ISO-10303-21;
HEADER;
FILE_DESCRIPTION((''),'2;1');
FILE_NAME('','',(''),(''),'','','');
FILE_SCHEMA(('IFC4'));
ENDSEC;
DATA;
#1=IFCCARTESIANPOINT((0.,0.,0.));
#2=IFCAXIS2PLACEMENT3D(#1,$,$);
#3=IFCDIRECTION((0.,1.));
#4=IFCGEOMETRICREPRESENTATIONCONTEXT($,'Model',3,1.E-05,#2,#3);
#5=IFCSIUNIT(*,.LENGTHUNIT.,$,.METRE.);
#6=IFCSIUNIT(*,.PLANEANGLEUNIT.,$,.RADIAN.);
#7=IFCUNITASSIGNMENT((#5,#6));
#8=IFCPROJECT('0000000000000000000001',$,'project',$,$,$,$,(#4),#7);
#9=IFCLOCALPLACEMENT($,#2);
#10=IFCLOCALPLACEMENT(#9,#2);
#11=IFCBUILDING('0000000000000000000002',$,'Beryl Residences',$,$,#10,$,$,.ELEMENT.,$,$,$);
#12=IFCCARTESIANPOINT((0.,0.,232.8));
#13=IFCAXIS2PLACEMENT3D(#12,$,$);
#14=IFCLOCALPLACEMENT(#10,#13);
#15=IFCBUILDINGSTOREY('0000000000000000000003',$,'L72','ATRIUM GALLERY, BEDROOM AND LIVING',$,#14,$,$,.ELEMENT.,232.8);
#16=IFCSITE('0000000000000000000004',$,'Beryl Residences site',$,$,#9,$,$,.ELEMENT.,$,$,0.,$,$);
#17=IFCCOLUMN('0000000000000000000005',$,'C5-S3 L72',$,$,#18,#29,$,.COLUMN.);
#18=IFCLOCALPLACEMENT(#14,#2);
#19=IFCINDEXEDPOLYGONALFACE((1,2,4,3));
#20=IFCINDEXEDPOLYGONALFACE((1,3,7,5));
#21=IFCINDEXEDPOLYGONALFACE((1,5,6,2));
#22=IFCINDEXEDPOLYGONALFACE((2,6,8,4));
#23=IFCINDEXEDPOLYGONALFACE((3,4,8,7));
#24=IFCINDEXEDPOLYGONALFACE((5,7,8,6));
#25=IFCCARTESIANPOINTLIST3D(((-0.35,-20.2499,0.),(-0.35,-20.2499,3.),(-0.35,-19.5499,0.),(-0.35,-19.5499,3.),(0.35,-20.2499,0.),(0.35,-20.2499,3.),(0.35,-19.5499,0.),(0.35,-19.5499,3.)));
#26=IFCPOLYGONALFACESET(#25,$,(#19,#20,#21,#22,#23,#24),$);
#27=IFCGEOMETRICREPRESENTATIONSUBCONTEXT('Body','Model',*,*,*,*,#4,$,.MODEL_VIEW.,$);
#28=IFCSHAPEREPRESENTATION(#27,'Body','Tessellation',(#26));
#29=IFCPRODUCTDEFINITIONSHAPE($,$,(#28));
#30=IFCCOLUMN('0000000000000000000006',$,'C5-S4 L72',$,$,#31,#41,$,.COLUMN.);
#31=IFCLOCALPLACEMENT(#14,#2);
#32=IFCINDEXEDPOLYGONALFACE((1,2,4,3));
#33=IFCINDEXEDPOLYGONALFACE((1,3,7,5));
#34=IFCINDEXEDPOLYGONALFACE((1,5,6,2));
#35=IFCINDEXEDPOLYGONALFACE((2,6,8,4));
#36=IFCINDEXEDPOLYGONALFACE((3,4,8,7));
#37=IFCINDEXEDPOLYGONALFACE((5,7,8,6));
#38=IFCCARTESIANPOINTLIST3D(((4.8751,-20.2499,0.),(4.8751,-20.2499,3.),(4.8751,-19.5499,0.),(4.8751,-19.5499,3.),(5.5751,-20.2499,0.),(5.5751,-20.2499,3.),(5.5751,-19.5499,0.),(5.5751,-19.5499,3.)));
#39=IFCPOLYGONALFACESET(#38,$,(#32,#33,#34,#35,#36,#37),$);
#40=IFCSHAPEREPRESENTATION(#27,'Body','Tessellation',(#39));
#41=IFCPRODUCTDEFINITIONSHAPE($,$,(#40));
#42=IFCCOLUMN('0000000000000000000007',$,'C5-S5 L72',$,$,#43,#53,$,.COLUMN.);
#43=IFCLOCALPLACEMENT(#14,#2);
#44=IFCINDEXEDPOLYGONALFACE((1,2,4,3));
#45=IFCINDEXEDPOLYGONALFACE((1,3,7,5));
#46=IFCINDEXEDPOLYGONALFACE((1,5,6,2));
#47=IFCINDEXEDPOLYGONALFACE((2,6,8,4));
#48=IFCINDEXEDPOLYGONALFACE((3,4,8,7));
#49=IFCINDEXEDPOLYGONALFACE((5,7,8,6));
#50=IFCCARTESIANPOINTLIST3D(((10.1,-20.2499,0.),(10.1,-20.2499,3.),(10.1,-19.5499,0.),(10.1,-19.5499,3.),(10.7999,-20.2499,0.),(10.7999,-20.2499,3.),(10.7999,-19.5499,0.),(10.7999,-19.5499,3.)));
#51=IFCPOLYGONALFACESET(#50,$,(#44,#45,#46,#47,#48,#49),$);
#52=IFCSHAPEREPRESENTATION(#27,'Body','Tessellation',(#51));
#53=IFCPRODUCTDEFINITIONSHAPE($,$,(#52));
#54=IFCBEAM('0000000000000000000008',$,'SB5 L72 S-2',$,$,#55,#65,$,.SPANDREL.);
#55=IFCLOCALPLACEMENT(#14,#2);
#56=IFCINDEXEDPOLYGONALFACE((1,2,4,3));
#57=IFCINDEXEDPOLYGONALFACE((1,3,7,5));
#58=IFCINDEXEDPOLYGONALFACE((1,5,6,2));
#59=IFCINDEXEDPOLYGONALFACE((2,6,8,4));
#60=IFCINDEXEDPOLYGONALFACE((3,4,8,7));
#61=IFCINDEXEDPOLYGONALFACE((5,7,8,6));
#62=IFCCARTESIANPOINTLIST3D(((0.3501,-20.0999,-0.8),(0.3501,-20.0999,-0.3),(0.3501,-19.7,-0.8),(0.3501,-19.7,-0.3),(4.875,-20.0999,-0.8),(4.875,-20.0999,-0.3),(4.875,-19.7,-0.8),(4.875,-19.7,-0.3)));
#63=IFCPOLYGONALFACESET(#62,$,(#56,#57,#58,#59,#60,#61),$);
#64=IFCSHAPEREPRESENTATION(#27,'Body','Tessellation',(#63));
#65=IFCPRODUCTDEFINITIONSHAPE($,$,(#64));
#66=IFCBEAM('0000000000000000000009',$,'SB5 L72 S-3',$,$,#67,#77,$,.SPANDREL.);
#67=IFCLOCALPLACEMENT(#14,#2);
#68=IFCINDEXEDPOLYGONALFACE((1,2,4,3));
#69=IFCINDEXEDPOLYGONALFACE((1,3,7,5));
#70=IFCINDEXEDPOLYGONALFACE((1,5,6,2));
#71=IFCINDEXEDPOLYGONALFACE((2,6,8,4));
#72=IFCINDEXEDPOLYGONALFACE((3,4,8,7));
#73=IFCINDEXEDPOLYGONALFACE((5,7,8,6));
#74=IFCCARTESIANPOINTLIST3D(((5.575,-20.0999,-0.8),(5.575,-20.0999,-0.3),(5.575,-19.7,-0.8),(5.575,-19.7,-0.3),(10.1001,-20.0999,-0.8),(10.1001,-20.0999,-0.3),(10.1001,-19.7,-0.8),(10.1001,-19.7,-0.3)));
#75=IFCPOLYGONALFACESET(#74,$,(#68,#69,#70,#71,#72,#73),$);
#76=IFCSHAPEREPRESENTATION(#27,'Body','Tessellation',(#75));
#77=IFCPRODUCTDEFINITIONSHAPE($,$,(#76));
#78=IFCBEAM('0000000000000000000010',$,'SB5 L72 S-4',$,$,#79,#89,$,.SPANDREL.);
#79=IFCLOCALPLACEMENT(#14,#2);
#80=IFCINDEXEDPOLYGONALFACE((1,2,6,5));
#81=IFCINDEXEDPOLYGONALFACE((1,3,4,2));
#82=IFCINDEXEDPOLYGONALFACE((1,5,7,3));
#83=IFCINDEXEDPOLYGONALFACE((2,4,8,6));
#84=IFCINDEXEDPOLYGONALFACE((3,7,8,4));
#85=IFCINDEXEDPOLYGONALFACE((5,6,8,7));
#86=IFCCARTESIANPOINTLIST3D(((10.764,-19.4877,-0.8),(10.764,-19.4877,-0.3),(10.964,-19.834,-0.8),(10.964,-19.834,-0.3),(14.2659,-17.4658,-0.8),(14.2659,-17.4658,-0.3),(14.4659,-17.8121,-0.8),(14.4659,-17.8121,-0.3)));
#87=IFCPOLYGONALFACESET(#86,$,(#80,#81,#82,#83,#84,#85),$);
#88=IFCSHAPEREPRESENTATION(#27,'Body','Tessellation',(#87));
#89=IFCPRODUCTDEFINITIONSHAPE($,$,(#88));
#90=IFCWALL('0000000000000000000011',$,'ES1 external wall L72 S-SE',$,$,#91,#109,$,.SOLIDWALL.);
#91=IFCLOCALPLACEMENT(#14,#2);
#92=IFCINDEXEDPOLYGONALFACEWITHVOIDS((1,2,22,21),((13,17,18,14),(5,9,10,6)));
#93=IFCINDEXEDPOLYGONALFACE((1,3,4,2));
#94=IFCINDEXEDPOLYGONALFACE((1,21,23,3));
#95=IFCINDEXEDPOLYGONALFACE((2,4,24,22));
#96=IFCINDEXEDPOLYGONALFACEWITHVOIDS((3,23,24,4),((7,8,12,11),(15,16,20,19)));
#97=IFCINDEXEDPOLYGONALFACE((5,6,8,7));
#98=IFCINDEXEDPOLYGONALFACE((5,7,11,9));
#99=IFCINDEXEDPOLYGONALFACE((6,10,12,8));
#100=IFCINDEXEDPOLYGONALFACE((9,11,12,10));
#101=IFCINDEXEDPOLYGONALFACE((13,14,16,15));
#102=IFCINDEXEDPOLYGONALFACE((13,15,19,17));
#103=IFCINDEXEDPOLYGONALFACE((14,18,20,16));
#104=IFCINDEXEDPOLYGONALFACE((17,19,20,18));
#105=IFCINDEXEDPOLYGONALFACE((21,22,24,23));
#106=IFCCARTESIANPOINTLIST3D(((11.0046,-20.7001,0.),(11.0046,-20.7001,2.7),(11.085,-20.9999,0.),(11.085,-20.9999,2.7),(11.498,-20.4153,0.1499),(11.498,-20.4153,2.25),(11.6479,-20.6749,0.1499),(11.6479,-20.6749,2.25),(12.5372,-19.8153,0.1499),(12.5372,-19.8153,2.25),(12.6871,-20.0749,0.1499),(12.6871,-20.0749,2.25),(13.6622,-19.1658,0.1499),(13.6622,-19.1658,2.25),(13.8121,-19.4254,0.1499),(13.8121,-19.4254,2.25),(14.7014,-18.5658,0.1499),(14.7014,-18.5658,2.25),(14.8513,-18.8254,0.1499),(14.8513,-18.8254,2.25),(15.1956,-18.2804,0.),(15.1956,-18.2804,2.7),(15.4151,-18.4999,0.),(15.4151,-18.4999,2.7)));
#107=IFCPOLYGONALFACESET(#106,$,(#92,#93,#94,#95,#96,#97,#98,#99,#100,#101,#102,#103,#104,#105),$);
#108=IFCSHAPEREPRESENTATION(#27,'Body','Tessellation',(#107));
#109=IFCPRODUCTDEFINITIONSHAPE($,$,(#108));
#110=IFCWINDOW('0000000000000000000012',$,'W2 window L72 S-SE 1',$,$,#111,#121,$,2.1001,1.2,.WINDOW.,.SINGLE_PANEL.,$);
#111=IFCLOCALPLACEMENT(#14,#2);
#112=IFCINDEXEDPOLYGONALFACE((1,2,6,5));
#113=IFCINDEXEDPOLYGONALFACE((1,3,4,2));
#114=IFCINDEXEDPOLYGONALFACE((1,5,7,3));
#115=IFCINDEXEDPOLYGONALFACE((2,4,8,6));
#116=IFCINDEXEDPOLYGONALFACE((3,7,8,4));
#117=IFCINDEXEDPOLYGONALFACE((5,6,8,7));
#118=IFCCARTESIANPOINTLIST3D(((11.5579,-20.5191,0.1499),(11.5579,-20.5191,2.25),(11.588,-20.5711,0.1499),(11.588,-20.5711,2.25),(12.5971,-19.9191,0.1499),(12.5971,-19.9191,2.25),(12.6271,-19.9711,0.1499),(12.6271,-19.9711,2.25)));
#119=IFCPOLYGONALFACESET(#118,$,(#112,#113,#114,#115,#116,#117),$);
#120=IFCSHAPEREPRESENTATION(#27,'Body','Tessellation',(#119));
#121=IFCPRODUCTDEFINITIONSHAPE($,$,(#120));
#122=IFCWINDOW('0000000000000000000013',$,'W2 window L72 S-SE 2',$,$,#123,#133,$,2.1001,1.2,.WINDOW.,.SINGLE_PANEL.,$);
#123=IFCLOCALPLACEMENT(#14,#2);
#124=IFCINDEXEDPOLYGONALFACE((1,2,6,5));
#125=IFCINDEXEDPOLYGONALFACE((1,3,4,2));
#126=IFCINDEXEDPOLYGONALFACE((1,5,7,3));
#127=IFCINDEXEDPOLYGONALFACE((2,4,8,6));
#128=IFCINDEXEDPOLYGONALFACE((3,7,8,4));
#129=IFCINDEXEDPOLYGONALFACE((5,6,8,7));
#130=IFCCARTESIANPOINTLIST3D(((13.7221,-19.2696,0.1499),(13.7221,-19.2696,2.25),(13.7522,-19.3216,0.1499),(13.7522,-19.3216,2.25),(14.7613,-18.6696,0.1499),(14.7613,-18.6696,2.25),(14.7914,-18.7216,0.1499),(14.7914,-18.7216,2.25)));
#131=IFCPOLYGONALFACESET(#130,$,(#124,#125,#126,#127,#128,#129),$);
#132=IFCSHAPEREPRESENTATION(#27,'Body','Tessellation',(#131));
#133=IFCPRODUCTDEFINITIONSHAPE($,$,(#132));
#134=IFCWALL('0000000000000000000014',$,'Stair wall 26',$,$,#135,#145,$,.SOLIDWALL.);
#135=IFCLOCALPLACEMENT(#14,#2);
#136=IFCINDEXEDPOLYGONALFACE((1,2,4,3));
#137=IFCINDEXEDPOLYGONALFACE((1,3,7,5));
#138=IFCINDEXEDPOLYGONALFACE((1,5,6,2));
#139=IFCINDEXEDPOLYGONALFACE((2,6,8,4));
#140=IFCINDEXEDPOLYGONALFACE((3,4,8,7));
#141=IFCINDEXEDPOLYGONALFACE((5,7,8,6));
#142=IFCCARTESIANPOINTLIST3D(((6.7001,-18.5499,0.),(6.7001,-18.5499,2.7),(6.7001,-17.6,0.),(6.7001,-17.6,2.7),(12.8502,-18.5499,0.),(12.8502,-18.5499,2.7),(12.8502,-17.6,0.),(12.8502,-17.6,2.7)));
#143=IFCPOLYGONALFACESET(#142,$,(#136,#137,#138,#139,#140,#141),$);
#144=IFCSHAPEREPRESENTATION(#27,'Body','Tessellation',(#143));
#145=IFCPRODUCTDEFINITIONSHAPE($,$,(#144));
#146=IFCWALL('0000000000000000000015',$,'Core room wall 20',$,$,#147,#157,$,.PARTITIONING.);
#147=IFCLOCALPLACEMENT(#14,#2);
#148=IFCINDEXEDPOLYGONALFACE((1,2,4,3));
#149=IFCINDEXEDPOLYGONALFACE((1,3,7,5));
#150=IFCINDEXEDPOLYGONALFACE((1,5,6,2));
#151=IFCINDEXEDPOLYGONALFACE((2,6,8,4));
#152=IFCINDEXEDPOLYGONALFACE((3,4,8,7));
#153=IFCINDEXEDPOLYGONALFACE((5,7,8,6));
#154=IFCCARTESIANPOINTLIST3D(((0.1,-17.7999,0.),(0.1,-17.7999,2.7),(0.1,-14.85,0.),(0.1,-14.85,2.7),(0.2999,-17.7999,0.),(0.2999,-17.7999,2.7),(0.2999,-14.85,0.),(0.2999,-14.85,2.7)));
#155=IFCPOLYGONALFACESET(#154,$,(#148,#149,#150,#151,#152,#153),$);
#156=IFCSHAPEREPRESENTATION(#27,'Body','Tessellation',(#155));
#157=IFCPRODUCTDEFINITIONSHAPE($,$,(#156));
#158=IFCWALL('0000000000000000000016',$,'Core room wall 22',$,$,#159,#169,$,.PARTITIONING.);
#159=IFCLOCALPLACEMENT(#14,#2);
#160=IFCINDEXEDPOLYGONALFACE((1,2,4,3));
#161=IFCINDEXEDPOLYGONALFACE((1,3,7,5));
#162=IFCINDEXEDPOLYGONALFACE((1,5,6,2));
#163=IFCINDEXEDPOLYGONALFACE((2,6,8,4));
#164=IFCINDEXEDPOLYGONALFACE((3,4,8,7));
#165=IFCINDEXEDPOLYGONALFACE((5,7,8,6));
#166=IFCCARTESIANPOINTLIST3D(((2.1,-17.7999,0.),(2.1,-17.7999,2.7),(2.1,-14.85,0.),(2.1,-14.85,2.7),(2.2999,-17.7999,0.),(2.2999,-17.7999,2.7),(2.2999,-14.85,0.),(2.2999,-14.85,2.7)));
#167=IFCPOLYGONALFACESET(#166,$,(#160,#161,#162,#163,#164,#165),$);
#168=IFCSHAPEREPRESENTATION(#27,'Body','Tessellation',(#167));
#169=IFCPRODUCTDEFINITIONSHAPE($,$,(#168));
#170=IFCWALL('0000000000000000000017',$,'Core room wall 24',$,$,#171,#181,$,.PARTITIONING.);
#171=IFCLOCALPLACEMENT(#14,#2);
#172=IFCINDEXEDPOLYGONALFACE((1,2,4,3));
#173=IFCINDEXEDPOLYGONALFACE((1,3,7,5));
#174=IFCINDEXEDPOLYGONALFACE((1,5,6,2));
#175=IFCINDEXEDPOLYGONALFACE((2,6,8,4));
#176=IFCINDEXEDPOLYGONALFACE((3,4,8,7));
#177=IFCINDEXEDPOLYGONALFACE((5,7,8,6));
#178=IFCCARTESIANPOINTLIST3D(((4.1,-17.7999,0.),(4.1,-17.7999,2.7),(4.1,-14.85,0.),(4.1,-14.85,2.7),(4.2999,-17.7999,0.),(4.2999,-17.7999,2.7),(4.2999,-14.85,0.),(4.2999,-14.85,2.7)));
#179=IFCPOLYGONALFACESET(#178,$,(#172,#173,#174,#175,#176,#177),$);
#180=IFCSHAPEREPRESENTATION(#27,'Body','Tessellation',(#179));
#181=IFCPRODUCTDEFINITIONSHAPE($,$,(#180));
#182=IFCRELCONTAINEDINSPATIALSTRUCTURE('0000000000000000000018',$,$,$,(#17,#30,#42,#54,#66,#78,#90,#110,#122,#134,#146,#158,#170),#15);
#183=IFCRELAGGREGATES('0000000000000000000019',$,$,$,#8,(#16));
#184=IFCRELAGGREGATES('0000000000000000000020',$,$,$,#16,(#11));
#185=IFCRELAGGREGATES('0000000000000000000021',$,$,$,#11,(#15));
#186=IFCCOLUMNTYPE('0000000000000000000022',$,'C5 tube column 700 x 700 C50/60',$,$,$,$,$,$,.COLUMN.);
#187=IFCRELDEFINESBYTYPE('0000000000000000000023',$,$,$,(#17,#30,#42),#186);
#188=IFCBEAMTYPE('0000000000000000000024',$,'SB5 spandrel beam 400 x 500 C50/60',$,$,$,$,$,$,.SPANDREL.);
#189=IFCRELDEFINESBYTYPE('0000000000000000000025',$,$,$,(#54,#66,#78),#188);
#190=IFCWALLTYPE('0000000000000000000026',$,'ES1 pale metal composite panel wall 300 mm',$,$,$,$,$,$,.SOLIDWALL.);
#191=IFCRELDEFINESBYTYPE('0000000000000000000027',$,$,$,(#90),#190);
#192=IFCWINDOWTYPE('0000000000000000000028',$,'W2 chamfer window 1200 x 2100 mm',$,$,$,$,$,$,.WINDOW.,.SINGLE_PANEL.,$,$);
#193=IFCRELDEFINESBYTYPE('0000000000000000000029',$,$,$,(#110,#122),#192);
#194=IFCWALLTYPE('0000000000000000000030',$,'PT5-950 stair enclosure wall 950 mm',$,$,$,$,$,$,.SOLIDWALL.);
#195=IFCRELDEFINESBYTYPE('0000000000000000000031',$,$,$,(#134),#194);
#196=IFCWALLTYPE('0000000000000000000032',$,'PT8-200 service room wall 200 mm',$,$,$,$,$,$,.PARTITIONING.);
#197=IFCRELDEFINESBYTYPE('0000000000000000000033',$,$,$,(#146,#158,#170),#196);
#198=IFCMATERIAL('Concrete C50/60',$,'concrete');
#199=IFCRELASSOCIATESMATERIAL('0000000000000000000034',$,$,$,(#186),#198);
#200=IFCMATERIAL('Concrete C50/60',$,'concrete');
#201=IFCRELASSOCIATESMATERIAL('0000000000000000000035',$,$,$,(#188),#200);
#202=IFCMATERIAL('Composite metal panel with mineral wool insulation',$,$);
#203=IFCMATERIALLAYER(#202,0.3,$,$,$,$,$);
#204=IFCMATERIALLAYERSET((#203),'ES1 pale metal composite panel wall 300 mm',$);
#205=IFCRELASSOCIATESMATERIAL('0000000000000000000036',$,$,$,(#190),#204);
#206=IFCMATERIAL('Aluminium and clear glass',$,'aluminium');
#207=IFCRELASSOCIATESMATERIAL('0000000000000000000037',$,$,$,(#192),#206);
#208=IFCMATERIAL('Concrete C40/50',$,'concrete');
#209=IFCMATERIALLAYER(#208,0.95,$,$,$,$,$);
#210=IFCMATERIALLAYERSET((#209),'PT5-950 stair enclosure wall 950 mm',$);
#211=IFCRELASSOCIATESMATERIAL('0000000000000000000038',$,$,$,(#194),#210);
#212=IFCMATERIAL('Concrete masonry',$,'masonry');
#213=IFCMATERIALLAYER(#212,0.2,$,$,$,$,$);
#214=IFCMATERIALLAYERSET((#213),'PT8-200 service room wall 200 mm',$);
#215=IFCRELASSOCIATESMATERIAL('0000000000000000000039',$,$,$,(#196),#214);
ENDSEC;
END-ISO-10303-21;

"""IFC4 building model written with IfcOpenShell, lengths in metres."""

from ifc_helpers import new_model, si_unit, direction, frame, frame_2d, origin, origin_2d, place, context, subcontext, project, spatial, polyline, rectangle, outline, extrude, material, layer, layer_set, material_profile, profile_set, type_object, element, fill, save


model = new_model("IFC4")

# Units and contexts
model_context = context("Model", 3, precision=1e-05, world=origin(), true_north=direction((0.0, 1.0)))
body_context = subcontext(model_context, "Body", "Model", "MODEL_VIEW")
ifc_project = project(units=[si_unit("LENGTHUNIT", "METRE"), si_unit("PLANEANGLEUNIT", "RADIAN")], contexts=[model_context])

# Site, building, storey
site_placement = place(None, origin())
site = spatial("IfcSite", under=ifc_project, at=site_placement, Name="Beryl Residences site", CompositionType="ELEMENT", RefElevation=0.0)
building_placement = place(site_placement, origin())
building = spatial("IfcBuilding", under=site, at=building_placement, Name="Beryl Residences", CompositionType="ELEMENT")
storey_placement = place(building_placement, frame((0.0, 0.0, 232.8)))
storey = spatial("IfcBuildingStorey", under=building, at=storey_placement, Name="L72", Description="ATRIUM GALLERY, BEDROOM AND LIVING", CompositionType="ELEMENT", Elevation=232.8)

# Columns
ifc_material_1 = material(Name="Concrete C50/60", Category="concrete")
ifc_material_profile_1 = material_profile(ifc_material_1, rectangle(XDim=0.7, YDim=0.7, at=origin_2d()))
ifc_profile_set_1 = profile_set([ifc_material_profile_1], Name="Concrete C50/60")
column_type = type_object("IfcColumnType", Name="C5 tube column 700 x 700 C50/60", PredefinedType="COLUMN", material=ifc_profile_set_1)
for number, where, z_axis, x_axis, name in (
    (1, (0.0, -19.8999, 0.0), (0.0, 0.0, 1.0), (1.0, 0.0, 0.0), "C5-S3 L72"),
    (2, (5.2251, -19.8999, 0.0), (0.0, 0.0, 1.0), (1.0, 0.0, 0.0), "C5-S4 L72"),
    (3, (10.45, -19.8999, 0.0), (0.0, 0.0, 1.0), (1.0, 0.0, 0.0), "C5-S5 L72"),
):
    element("IfcColumn", number, at=place(storey_placement, frame(where, z_axis=z_axis, x_axis=x_axis)), inside=storey, type_object=column_type, Name=name, PredefinedType="COLUMN", context=body_context, shape_type="SweptSolid", body=[
        extrude(rectangle(XDim=0.7, YDim=0.7, at=origin_2d()), origin(), (0.0, 0.0, 1.0), 3.0),
    ])

# Beams
ifc_material_2 = material(Name="Concrete C50/60", Category="concrete")
ifc_material_profile_2 = material_profile(ifc_material_2, rectangle(XDim=0.3999, YDim=0.5, at=origin_2d()))
ifc_profile_set_2 = profile_set([ifc_material_profile_2], Name="Concrete C50/60")
beam_type = type_object("IfcBeamType", Name="SB5 spandrel beam 400 x 500 C50/60", PredefinedType="SPANDREL", material=ifc_profile_set_2)
beam_1_placement = place(storey_placement, frame((0.3501, -19.8999, -0.55), z_axis=(1.0, 0.0, 0.0), x_axis=(0.0, 1.0, 0.0)))
element("IfcBeam", 4, at=beam_1_placement, inside=storey, type_object=beam_type, Name="SB5 L72 S-2", PredefinedType="SPANDREL", context=body_context, shape_type="SweptSolid", body=[
    extrude(rectangle(XDim=0.3999, YDim=0.5, at=origin_2d()), origin(), (0.0, 0.0, 1.0), 4.5249),
])
beam_2_placement = place(storey_placement, frame((5.575, -19.8999, -0.55), z_axis=(1.0, 0.0, 0.0), x_axis=(0.0, 1.0, 0.0)))
element("IfcBeam", 5, at=beam_2_placement, inside=storey, type_object=beam_type, Name="SB5 L72 S-3", PredefinedType="SPANDREL", context=body_context, shape_type="SweptSolid", body=[
    extrude(rectangle(XDim=0.3999, YDim=0.5, at=origin_2d()), origin(), (0.0, 0.0, 1.0), 4.5251),
])
beam_3_placement = place(storey_placement, frame((10.864, -19.6609, -0.55), z_axis=(0.866013, 0.500022, 0.0), x_axis=(-0.500022, 0.866013, 0.0)))
element("IfcBeam", 6, at=beam_3_placement, inside=storey, type_object=beam_type, Name="SB5 L72 S-4", PredefinedType="SPANDREL", context=body_context, shape_type="SweptSolid", body=[
    extrude(rectangle(XDim=0.3999, YDim=0.5, at=origin_2d()), origin(), (0.0, 0.0, 1.0), 4.0437),
])

# Wall, openings, windows
ifc_material_3 = material(Name="Composite metal panel with mineral wool insulation")
ifc_layer_1 = layer(ifc_material_3, 0.3)
ifc_layer_set_1 = layer_set([ifc_layer_1], Name="ES1 pale metal composite panel wall 300 mm")
wall_type_1 = type_object("IfcWallType", Name="ES1 pale metal composite panel wall 300 mm", PredefinedType="SOLIDWALL", material=ifc_layer_set_1)
wall_1_placement = place(storey_placement, frame((11.01, -20.8701, 0.0), z_axis=(0.0, 0.0, 1.0), x_axis=(0.866023, 0.500004, 0.0)))
wall_1 = element("IfcWall", 7, at=wall_1_placement, inside=storey, type_object=wall_type_1, Name="ES1 external wall L72 S-SE", PredefinedType="SOLIDWALL", context=body_context, shape_type="SweptSolid", body=[
    extrude(outline(polyline([(0.0, -0.1499), (5.0, -0.1499), (4.9197, 0.1499), (0.0803, 0.1499), (0.0, -0.1499)])), origin(), (0.0, 0.0, 1.0), 2.7),
])
opening_1_placement = place(wall_1_placement, frame((0.6499, 0.0, 0.1499)))
opening_1 = element("IfcOpeningElement", 8, at=opening_1_placement, cuts=wall_1, PredefinedType="OPENING", context=body_context, shape_type="SweptSolid", body=[
    extrude(rectangle(XDim=1.2, YDim=2.1001, at=frame_2d((0.6001, 1.05))), frame((0.0, 0.1599, 0.0), z_axis=(0.0, -1.0, 0.0), x_axis=(1.0, 0.0, 0.0)), (0.0, 0.0, 1.0), 0.3201),
])
opening_2_placement = place(wall_1_placement, frame((3.1489, 0.0, 0.1499)))
opening_2 = element("IfcOpeningElement", 9, at=opening_2_placement, cuts=wall_1, PredefinedType="OPENING", context=body_context, shape_type="SweptSolid", body=[
    extrude(rectangle(XDim=1.2, YDim=2.1001, at=frame_2d((0.6001, 1.05))), frame((0.0, 0.1599, 0.0), z_axis=(0.0, -1.0, 0.0), x_axis=(1.0, 0.0, 0.0)), (0.0, 0.0, 1.0), 0.3201),
])
ifc_material_4 = material(Name="Aluminium and clear glass", Category="aluminium")
window_type = type_object("IfcWindowType", Name="W2 chamfer window 1200 x 2100 mm", PartitioningType="SINGLE_PANEL", PredefinedType="WINDOW", material=ifc_material_4)
window_1_placement = place(opening_1_placement, origin())
window_1 = element("IfcWindow", 10, at=window_1_placement, inside=storey, type_object=window_type, Name="W2 window L72 S-SE 1", OverallHeight=2.1001, OverallWidth=1.2, PartitioningType="SINGLE_PANEL", PredefinedType="WINDOW", context=body_context, shape_type="SweptSolid", body=[
    extrude(rectangle(XDim=1.2, YDim=2.1001, at=frame_2d((0.6001, 1.05))), frame((0.0, 0.03, 0.0), z_axis=(0.0, -1.0, 0.0), x_axis=(1.0, 0.0, 0.0)), (0.0, 0.0, 1.0), 0.0601),
])
fill(opening_1, window_1)
window_2_placement = place(opening_2_placement, origin())
window_2 = element("IfcWindow", 11, at=window_2_placement, inside=storey, type_object=window_type, Name="W2 window L72 S-SE 2", OverallHeight=2.1001, OverallWidth=1.2, PartitioningType="SINGLE_PANEL", PredefinedType="WINDOW", context=body_context, shape_type="SweptSolid", body=[
    extrude(rectangle(XDim=1.2, YDim=2.1001, at=frame_2d((0.6001, 1.05))), frame((0.0, 0.03, 0.0), z_axis=(0.0, -1.0, 0.0), x_axis=(1.0, 0.0, 0.0)), (0.0, 0.0, 1.0), 0.0601),
])
fill(opening_2, window_2)

# Walls
ifc_material_5 = material(Name="Concrete C40/50", Category="concrete")
ifc_layer_2 = layer(ifc_material_5, 0.95)
ifc_layer_set_2 = layer_set([ifc_layer_2], Name="PT5-950 stair enclosure wall 950 mm")
wall_type_2 = type_object("IfcWallType", Name="PT5-950 stair enclosure wall 950 mm", PredefinedType="SOLIDWALL", material=ifc_layer_set_2)
wall_2_placement = place(storey_placement, frame((6.7, -18.075, 0.0), z_axis=(0.0, 0.0, 1.0), x_axis=(1.0, 0.0, 0.0)))
element("IfcWall", 12, at=wall_2_placement, inside=storey, type_object=wall_type_2, Name="Stair wall 26", PredefinedType="SOLIDWALL", context=body_context, shape_type="SweptSolid", body=[
    extrude(rectangle(XDim=6.1501, YDim=0.95, at=frame_2d((3.0752, 0.0))), origin(), (0.0, 0.0, 1.0), 2.7),
])
ifc_material_6 = material(Name="Concrete masonry", Category="masonry")
ifc_layer_3 = layer(ifc_material_6, 0.2)
ifc_layer_set_3 = layer_set([ifc_layer_3], Name="PT8-200 service room wall 200 mm")
wall_type_3 = type_object("IfcWallType", Name="PT8-200 service room wall 200 mm", PredefinedType="PARTITIONING", material=ifc_layer_set_3)
for number, where, z_axis, x_axis, name in (
    (13, (0.2, -17.8, 0.0), (0.0, 0.0, 1.0), (0.0, 1.0, 0.0), "Core room wall 20"),
    (14, (2.2, -17.8, 0.0), (0.0, 0.0, 1.0), (0.0, 1.0, 0.0), "Core room wall 22"),
    (15, (4.2, -17.8, 0.0), (0.0, 0.0, 1.0), (0.0, 1.0, 0.0), "Core room wall 24"),
):
    element("IfcWall", number, at=place(storey_placement, frame(where, z_axis=z_axis, x_axis=x_axis)), inside=storey, type_object=wall_type_3, Name=name, PredefinedType="PARTITIONING", context=body_context, shape_type="SweptSolid", body=[
        extrude(rectangle(XDim=2.95, YDim=0.2, at=frame_2d((1.4751, 0.0))), origin(), (0.0, 0.0, 1.0), 2.7),
    ])

save(model, "model.ifc")
